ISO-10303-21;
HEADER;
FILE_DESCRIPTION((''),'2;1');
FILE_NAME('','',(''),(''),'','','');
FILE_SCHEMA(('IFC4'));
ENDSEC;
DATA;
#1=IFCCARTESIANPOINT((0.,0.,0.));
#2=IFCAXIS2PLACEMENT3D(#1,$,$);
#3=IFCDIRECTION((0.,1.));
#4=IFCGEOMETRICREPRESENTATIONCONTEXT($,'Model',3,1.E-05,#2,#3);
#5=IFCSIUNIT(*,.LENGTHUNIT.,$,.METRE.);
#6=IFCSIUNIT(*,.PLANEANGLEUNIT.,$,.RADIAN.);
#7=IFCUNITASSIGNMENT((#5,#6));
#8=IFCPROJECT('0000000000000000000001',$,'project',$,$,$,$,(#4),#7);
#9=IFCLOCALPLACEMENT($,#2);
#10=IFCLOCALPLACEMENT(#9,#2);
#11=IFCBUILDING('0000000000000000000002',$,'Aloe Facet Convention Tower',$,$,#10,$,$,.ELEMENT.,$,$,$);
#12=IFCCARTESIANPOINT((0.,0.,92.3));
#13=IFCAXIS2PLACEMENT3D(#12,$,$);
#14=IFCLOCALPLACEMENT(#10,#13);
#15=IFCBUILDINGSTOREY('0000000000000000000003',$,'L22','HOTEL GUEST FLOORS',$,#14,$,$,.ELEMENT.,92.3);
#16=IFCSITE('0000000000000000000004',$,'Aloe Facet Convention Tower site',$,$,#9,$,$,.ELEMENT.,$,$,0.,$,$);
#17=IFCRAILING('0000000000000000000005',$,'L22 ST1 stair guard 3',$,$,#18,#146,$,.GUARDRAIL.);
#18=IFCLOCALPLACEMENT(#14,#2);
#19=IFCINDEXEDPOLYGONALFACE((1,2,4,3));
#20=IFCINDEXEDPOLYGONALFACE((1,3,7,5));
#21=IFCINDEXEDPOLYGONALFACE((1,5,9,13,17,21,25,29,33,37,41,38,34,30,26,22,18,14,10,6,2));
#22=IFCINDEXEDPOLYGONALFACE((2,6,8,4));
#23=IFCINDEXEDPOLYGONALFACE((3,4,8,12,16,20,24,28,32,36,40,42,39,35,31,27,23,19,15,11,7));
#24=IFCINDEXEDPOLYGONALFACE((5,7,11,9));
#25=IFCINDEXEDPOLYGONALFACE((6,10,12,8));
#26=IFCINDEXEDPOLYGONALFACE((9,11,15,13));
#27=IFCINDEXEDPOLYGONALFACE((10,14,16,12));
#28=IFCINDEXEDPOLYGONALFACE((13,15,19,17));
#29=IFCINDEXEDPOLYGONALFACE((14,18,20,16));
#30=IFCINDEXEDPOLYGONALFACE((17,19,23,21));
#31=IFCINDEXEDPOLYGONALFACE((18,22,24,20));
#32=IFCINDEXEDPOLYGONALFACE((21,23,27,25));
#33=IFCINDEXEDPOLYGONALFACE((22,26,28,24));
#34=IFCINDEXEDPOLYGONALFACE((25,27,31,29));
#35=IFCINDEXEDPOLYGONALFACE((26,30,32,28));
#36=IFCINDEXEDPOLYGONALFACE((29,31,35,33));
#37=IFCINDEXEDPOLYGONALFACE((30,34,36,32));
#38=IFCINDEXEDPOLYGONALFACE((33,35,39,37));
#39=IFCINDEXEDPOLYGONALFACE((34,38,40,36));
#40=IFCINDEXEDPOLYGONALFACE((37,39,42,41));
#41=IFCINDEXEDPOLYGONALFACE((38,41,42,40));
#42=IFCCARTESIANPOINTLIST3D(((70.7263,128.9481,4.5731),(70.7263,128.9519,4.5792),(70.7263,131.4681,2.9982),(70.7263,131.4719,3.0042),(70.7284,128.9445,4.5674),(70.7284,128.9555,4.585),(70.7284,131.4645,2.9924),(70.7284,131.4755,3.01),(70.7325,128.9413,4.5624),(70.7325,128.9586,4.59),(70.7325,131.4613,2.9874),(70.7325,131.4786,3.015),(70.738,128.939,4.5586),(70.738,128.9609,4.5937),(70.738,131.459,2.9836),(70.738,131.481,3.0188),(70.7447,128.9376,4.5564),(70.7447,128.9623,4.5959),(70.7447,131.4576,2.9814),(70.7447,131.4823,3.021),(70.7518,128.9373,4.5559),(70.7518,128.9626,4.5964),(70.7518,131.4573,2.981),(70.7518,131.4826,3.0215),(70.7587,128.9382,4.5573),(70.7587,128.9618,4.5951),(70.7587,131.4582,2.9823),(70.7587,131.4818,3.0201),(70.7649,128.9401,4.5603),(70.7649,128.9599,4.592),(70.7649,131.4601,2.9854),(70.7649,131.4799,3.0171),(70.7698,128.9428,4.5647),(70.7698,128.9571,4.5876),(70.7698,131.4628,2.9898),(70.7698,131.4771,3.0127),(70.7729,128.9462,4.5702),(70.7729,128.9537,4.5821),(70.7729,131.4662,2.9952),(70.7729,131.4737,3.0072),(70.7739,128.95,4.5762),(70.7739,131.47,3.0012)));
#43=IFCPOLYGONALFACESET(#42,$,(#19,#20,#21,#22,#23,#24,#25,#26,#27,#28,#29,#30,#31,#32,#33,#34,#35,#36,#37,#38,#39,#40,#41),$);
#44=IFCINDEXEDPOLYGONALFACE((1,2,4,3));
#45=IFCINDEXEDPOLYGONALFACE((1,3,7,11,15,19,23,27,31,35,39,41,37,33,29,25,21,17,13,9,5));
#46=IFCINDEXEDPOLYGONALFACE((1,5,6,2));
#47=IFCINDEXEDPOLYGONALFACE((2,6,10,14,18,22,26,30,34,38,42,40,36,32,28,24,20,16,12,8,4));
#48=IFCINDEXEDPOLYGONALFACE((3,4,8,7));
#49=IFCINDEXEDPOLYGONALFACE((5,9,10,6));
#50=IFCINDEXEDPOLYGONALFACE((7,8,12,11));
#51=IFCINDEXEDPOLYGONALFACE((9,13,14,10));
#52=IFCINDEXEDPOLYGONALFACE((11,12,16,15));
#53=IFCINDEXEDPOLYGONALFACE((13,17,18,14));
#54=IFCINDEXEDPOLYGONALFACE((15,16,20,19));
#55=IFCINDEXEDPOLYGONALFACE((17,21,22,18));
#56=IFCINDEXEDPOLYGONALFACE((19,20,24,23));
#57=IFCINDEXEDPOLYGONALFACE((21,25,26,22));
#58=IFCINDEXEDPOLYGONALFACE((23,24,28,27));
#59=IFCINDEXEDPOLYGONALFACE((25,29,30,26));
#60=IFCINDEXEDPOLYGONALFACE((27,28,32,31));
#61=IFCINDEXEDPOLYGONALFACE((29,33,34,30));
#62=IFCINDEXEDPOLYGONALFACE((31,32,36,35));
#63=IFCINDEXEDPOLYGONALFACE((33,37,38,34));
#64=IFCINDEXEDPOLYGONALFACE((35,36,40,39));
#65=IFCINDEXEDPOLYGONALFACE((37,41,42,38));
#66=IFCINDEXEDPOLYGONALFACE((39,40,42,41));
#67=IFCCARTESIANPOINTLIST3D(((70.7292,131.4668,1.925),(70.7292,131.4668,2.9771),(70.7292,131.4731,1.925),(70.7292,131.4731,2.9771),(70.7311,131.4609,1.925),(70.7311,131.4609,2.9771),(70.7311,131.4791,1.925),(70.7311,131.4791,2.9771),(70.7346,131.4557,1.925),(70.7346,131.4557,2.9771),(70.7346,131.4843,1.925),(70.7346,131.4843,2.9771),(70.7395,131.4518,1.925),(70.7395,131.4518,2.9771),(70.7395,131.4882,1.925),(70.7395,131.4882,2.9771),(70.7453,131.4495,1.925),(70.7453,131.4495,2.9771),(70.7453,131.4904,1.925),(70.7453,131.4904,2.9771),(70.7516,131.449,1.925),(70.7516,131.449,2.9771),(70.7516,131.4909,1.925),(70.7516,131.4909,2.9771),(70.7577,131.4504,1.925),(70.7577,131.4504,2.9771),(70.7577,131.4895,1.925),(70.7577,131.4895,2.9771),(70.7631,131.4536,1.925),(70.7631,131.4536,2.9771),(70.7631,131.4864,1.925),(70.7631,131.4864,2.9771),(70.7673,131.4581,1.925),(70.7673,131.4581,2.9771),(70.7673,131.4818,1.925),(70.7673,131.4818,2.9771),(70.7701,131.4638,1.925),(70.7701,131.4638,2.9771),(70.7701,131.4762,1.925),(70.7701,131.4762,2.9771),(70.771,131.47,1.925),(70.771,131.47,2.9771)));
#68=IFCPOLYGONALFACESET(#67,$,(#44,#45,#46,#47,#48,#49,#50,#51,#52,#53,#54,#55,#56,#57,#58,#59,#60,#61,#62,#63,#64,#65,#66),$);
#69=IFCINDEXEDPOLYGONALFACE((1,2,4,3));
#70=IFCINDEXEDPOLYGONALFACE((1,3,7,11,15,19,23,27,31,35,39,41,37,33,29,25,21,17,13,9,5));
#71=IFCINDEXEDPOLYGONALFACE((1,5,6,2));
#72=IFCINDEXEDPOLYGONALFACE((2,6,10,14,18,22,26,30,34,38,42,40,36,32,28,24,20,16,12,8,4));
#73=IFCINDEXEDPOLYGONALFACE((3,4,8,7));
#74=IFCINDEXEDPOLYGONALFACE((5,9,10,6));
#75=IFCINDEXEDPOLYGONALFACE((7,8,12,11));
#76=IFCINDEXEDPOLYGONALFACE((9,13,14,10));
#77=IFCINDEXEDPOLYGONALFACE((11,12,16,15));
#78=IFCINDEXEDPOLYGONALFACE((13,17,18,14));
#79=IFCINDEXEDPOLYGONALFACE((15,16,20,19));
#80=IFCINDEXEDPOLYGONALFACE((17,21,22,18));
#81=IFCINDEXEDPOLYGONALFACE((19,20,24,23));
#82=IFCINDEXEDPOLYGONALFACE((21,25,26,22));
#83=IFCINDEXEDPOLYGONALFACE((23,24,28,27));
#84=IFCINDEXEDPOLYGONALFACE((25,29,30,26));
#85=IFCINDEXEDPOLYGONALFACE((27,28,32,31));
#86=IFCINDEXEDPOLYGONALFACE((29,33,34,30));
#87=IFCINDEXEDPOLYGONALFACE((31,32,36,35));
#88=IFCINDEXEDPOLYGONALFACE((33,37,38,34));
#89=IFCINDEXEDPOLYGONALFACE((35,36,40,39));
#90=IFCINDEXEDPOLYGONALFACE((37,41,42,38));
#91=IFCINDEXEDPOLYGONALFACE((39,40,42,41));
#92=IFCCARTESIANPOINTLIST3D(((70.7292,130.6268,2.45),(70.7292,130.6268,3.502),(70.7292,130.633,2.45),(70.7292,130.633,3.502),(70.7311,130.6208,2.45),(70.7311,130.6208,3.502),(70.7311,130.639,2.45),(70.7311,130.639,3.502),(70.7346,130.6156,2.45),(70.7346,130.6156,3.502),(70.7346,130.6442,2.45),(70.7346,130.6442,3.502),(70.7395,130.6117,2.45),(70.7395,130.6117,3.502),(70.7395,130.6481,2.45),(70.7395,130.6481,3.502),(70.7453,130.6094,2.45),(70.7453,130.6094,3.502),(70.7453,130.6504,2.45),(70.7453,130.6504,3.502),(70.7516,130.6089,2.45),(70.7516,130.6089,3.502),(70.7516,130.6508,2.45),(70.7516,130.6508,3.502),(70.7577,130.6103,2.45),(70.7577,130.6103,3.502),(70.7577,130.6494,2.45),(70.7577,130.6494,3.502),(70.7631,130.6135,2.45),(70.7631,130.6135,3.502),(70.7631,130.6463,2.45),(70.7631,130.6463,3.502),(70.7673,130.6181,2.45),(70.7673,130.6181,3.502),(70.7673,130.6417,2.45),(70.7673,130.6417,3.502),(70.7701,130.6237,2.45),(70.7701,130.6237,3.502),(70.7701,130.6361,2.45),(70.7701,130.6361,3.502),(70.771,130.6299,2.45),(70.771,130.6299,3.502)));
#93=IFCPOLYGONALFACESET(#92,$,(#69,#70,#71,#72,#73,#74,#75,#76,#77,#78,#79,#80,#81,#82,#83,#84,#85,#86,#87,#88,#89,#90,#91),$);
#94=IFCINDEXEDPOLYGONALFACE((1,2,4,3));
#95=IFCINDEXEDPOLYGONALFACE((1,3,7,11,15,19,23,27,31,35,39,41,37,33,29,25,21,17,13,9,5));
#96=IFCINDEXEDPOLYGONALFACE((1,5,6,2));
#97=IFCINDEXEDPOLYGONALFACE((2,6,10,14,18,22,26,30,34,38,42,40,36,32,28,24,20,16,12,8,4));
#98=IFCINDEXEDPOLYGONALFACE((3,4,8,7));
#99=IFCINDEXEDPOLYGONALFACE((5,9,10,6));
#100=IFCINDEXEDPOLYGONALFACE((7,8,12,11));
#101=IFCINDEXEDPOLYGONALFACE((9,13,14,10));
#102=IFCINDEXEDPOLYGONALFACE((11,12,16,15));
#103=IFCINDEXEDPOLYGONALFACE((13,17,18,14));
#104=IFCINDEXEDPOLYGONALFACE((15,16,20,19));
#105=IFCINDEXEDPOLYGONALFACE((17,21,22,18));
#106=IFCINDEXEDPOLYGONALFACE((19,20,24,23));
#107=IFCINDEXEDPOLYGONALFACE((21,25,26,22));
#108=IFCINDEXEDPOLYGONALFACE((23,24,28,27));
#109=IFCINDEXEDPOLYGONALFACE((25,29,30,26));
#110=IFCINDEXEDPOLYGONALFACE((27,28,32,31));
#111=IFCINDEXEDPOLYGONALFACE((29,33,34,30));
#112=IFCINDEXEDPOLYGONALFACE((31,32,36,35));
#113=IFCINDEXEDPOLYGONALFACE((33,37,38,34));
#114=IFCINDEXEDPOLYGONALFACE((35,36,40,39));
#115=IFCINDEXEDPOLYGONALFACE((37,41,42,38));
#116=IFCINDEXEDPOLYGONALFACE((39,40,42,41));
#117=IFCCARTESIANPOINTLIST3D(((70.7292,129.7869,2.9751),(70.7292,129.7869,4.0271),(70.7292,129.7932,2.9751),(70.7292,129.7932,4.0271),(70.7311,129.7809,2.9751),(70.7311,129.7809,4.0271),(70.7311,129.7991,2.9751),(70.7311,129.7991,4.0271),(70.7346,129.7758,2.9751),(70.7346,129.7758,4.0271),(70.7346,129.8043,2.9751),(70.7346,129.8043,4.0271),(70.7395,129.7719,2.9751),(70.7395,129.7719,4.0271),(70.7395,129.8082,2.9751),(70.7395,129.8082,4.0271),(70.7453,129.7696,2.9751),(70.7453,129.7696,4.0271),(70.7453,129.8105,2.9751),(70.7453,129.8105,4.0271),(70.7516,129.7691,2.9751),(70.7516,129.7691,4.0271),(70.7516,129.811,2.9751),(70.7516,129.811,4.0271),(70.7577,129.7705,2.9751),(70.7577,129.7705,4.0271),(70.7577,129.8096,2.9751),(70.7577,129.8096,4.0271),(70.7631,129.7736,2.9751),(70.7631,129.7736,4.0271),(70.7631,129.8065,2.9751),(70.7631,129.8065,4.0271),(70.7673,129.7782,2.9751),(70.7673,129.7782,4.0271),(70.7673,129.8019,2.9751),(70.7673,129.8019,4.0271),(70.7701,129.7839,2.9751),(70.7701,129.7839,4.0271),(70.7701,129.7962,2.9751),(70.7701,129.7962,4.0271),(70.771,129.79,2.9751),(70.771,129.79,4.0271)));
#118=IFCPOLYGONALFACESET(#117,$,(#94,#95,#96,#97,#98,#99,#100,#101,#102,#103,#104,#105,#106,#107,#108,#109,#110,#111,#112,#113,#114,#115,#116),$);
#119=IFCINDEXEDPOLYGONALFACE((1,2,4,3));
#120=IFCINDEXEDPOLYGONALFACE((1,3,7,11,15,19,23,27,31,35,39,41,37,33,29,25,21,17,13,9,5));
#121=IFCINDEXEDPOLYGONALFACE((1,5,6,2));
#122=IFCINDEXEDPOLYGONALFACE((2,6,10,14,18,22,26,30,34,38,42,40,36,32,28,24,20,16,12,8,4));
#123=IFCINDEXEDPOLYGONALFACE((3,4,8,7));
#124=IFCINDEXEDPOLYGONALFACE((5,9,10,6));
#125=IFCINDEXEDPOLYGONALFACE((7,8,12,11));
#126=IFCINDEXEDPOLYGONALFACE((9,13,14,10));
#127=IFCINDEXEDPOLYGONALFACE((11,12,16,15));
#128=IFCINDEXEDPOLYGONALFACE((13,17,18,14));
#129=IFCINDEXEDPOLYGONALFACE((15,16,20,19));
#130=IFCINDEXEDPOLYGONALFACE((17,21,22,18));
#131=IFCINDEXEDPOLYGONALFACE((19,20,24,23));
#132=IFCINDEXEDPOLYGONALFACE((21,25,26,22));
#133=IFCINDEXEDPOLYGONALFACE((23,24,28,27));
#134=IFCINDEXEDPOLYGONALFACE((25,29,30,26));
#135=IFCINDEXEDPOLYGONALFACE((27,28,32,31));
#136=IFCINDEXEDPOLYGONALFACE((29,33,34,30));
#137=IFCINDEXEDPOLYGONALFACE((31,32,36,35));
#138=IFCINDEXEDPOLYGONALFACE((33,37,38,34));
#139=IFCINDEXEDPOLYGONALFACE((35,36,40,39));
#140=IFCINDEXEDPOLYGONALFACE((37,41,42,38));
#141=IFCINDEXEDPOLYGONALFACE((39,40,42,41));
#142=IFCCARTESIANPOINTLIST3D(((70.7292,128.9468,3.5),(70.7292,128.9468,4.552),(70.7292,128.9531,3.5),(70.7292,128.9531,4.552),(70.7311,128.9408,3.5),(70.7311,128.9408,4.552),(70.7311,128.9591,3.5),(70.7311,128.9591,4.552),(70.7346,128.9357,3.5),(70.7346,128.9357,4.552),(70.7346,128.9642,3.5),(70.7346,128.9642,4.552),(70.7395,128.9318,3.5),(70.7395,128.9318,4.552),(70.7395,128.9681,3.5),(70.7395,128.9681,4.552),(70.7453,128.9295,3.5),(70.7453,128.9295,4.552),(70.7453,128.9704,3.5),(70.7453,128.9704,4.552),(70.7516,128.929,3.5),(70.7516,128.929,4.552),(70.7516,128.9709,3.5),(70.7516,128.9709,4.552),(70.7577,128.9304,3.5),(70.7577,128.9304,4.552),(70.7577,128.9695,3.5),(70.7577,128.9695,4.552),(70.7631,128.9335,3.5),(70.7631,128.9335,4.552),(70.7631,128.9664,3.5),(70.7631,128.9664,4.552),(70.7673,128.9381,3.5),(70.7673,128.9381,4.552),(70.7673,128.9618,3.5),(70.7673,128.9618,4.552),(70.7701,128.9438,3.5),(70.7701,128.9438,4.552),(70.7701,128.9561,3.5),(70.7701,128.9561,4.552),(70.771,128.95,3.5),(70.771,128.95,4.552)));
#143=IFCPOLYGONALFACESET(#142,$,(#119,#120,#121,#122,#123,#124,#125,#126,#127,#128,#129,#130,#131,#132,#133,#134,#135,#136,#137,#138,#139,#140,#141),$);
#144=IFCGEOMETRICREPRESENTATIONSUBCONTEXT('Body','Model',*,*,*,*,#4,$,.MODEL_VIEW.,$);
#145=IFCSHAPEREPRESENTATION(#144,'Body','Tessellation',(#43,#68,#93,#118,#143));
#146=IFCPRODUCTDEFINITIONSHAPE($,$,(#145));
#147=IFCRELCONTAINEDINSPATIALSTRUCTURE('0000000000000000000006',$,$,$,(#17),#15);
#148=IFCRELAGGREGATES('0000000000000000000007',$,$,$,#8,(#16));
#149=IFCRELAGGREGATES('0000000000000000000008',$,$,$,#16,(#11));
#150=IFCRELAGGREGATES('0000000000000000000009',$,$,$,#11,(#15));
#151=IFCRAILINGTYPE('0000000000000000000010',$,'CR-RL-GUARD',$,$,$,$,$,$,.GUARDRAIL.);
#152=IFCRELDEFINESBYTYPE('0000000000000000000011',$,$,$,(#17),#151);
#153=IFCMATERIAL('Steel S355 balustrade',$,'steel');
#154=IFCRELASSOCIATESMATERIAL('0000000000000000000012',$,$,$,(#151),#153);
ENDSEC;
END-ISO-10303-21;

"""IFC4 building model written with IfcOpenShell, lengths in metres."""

from ifc_helpers import new_model, si_unit, direction, frame, origin, origin_2d, place, context, subcontext, project, spatial, circle, extrude, material, type_object, element, save


model = new_model("IFC4")

# Units and contexts
model_context = context("Model", 3, precision=1e-05, world=origin(), true_north=direction((0.0, 1.0)))
body_context = subcontext(model_context, "Body", "Model", "MODEL_VIEW")
ifc_project = project(units=[si_unit("LENGTHUNIT", "METRE"), si_unit("PLANEANGLEUNIT", "RADIAN")], contexts=[model_context])

# Site, building, storey
site_placement = place(None, origin())
site = spatial("IfcSite", under=ifc_project, at=site_placement, Name="Aloe Facet Convention Tower site", CompositionType="ELEMENT", RefElevation=0.0)
building_placement = place(site_placement, origin())
building = spatial("IfcBuilding", under=site, at=building_placement, Name="Aloe Facet Convention Tower", CompositionType="ELEMENT")
storey_placement = place(building_placement, frame((0.0, 0.0, 92.3)))
storey = spatial("IfcBuildingStorey", under=building, at=storey_placement, Name="L22", Description="HOTEL GUEST FLOORS", CompositionType="ELEMENT", Elevation=92.3)

# Railing
ifc_material_1 = material(Name="Steel S355 balustrade", Category="steel")
railing_type_1 = type_object("IfcRailingType", Name="CR-RL-GUARD", PredefinedType="GUARDRAIL", material=ifc_material_1)
railing_1_placement = place(storey_placement, frame((70.75, 131.47, 1.925)))
element("IfcRailing", 1, at=railing_1_placement, inside=storey, type_object=railing_type_1, Name="L22 ST1 stair guard 3", PredefinedType="GUARDRAIL", context=body_context, shape_type="SweptSolid", body=[
    extrude(circle(Radius=0.0239, at=origin_2d()), frame((0.0, 0.0, 1.0762), z_axis=(0.0, -0.848008, 0.529984), x_axis=(1.0, 0.0, 0.0)), (0.0, 0.0, 1.0), 2.9717),
    extrude(circle(Radius=0.021, at=origin_2d()), origin(), (0.0, 0.0, 1.0), 1.052),
    extrude(circle(Radius=0.021, at=origin_2d()), frame((0.0, -0.8401, 0.5249)), (0.0, 0.0, 1.0), 1.052),
    extrude(circle(Radius=0.021, at=origin_2d()), frame((0.0, -1.6799, 1.05)), (0.0, 0.0, 1.0), 1.052),
    extrude(circle(Radius=0.021, at=origin_2d()), frame((0.0, -2.52, 1.575)), (0.0, 0.0, 1.0), 1.052),
])

save(model, "model.ifc")
